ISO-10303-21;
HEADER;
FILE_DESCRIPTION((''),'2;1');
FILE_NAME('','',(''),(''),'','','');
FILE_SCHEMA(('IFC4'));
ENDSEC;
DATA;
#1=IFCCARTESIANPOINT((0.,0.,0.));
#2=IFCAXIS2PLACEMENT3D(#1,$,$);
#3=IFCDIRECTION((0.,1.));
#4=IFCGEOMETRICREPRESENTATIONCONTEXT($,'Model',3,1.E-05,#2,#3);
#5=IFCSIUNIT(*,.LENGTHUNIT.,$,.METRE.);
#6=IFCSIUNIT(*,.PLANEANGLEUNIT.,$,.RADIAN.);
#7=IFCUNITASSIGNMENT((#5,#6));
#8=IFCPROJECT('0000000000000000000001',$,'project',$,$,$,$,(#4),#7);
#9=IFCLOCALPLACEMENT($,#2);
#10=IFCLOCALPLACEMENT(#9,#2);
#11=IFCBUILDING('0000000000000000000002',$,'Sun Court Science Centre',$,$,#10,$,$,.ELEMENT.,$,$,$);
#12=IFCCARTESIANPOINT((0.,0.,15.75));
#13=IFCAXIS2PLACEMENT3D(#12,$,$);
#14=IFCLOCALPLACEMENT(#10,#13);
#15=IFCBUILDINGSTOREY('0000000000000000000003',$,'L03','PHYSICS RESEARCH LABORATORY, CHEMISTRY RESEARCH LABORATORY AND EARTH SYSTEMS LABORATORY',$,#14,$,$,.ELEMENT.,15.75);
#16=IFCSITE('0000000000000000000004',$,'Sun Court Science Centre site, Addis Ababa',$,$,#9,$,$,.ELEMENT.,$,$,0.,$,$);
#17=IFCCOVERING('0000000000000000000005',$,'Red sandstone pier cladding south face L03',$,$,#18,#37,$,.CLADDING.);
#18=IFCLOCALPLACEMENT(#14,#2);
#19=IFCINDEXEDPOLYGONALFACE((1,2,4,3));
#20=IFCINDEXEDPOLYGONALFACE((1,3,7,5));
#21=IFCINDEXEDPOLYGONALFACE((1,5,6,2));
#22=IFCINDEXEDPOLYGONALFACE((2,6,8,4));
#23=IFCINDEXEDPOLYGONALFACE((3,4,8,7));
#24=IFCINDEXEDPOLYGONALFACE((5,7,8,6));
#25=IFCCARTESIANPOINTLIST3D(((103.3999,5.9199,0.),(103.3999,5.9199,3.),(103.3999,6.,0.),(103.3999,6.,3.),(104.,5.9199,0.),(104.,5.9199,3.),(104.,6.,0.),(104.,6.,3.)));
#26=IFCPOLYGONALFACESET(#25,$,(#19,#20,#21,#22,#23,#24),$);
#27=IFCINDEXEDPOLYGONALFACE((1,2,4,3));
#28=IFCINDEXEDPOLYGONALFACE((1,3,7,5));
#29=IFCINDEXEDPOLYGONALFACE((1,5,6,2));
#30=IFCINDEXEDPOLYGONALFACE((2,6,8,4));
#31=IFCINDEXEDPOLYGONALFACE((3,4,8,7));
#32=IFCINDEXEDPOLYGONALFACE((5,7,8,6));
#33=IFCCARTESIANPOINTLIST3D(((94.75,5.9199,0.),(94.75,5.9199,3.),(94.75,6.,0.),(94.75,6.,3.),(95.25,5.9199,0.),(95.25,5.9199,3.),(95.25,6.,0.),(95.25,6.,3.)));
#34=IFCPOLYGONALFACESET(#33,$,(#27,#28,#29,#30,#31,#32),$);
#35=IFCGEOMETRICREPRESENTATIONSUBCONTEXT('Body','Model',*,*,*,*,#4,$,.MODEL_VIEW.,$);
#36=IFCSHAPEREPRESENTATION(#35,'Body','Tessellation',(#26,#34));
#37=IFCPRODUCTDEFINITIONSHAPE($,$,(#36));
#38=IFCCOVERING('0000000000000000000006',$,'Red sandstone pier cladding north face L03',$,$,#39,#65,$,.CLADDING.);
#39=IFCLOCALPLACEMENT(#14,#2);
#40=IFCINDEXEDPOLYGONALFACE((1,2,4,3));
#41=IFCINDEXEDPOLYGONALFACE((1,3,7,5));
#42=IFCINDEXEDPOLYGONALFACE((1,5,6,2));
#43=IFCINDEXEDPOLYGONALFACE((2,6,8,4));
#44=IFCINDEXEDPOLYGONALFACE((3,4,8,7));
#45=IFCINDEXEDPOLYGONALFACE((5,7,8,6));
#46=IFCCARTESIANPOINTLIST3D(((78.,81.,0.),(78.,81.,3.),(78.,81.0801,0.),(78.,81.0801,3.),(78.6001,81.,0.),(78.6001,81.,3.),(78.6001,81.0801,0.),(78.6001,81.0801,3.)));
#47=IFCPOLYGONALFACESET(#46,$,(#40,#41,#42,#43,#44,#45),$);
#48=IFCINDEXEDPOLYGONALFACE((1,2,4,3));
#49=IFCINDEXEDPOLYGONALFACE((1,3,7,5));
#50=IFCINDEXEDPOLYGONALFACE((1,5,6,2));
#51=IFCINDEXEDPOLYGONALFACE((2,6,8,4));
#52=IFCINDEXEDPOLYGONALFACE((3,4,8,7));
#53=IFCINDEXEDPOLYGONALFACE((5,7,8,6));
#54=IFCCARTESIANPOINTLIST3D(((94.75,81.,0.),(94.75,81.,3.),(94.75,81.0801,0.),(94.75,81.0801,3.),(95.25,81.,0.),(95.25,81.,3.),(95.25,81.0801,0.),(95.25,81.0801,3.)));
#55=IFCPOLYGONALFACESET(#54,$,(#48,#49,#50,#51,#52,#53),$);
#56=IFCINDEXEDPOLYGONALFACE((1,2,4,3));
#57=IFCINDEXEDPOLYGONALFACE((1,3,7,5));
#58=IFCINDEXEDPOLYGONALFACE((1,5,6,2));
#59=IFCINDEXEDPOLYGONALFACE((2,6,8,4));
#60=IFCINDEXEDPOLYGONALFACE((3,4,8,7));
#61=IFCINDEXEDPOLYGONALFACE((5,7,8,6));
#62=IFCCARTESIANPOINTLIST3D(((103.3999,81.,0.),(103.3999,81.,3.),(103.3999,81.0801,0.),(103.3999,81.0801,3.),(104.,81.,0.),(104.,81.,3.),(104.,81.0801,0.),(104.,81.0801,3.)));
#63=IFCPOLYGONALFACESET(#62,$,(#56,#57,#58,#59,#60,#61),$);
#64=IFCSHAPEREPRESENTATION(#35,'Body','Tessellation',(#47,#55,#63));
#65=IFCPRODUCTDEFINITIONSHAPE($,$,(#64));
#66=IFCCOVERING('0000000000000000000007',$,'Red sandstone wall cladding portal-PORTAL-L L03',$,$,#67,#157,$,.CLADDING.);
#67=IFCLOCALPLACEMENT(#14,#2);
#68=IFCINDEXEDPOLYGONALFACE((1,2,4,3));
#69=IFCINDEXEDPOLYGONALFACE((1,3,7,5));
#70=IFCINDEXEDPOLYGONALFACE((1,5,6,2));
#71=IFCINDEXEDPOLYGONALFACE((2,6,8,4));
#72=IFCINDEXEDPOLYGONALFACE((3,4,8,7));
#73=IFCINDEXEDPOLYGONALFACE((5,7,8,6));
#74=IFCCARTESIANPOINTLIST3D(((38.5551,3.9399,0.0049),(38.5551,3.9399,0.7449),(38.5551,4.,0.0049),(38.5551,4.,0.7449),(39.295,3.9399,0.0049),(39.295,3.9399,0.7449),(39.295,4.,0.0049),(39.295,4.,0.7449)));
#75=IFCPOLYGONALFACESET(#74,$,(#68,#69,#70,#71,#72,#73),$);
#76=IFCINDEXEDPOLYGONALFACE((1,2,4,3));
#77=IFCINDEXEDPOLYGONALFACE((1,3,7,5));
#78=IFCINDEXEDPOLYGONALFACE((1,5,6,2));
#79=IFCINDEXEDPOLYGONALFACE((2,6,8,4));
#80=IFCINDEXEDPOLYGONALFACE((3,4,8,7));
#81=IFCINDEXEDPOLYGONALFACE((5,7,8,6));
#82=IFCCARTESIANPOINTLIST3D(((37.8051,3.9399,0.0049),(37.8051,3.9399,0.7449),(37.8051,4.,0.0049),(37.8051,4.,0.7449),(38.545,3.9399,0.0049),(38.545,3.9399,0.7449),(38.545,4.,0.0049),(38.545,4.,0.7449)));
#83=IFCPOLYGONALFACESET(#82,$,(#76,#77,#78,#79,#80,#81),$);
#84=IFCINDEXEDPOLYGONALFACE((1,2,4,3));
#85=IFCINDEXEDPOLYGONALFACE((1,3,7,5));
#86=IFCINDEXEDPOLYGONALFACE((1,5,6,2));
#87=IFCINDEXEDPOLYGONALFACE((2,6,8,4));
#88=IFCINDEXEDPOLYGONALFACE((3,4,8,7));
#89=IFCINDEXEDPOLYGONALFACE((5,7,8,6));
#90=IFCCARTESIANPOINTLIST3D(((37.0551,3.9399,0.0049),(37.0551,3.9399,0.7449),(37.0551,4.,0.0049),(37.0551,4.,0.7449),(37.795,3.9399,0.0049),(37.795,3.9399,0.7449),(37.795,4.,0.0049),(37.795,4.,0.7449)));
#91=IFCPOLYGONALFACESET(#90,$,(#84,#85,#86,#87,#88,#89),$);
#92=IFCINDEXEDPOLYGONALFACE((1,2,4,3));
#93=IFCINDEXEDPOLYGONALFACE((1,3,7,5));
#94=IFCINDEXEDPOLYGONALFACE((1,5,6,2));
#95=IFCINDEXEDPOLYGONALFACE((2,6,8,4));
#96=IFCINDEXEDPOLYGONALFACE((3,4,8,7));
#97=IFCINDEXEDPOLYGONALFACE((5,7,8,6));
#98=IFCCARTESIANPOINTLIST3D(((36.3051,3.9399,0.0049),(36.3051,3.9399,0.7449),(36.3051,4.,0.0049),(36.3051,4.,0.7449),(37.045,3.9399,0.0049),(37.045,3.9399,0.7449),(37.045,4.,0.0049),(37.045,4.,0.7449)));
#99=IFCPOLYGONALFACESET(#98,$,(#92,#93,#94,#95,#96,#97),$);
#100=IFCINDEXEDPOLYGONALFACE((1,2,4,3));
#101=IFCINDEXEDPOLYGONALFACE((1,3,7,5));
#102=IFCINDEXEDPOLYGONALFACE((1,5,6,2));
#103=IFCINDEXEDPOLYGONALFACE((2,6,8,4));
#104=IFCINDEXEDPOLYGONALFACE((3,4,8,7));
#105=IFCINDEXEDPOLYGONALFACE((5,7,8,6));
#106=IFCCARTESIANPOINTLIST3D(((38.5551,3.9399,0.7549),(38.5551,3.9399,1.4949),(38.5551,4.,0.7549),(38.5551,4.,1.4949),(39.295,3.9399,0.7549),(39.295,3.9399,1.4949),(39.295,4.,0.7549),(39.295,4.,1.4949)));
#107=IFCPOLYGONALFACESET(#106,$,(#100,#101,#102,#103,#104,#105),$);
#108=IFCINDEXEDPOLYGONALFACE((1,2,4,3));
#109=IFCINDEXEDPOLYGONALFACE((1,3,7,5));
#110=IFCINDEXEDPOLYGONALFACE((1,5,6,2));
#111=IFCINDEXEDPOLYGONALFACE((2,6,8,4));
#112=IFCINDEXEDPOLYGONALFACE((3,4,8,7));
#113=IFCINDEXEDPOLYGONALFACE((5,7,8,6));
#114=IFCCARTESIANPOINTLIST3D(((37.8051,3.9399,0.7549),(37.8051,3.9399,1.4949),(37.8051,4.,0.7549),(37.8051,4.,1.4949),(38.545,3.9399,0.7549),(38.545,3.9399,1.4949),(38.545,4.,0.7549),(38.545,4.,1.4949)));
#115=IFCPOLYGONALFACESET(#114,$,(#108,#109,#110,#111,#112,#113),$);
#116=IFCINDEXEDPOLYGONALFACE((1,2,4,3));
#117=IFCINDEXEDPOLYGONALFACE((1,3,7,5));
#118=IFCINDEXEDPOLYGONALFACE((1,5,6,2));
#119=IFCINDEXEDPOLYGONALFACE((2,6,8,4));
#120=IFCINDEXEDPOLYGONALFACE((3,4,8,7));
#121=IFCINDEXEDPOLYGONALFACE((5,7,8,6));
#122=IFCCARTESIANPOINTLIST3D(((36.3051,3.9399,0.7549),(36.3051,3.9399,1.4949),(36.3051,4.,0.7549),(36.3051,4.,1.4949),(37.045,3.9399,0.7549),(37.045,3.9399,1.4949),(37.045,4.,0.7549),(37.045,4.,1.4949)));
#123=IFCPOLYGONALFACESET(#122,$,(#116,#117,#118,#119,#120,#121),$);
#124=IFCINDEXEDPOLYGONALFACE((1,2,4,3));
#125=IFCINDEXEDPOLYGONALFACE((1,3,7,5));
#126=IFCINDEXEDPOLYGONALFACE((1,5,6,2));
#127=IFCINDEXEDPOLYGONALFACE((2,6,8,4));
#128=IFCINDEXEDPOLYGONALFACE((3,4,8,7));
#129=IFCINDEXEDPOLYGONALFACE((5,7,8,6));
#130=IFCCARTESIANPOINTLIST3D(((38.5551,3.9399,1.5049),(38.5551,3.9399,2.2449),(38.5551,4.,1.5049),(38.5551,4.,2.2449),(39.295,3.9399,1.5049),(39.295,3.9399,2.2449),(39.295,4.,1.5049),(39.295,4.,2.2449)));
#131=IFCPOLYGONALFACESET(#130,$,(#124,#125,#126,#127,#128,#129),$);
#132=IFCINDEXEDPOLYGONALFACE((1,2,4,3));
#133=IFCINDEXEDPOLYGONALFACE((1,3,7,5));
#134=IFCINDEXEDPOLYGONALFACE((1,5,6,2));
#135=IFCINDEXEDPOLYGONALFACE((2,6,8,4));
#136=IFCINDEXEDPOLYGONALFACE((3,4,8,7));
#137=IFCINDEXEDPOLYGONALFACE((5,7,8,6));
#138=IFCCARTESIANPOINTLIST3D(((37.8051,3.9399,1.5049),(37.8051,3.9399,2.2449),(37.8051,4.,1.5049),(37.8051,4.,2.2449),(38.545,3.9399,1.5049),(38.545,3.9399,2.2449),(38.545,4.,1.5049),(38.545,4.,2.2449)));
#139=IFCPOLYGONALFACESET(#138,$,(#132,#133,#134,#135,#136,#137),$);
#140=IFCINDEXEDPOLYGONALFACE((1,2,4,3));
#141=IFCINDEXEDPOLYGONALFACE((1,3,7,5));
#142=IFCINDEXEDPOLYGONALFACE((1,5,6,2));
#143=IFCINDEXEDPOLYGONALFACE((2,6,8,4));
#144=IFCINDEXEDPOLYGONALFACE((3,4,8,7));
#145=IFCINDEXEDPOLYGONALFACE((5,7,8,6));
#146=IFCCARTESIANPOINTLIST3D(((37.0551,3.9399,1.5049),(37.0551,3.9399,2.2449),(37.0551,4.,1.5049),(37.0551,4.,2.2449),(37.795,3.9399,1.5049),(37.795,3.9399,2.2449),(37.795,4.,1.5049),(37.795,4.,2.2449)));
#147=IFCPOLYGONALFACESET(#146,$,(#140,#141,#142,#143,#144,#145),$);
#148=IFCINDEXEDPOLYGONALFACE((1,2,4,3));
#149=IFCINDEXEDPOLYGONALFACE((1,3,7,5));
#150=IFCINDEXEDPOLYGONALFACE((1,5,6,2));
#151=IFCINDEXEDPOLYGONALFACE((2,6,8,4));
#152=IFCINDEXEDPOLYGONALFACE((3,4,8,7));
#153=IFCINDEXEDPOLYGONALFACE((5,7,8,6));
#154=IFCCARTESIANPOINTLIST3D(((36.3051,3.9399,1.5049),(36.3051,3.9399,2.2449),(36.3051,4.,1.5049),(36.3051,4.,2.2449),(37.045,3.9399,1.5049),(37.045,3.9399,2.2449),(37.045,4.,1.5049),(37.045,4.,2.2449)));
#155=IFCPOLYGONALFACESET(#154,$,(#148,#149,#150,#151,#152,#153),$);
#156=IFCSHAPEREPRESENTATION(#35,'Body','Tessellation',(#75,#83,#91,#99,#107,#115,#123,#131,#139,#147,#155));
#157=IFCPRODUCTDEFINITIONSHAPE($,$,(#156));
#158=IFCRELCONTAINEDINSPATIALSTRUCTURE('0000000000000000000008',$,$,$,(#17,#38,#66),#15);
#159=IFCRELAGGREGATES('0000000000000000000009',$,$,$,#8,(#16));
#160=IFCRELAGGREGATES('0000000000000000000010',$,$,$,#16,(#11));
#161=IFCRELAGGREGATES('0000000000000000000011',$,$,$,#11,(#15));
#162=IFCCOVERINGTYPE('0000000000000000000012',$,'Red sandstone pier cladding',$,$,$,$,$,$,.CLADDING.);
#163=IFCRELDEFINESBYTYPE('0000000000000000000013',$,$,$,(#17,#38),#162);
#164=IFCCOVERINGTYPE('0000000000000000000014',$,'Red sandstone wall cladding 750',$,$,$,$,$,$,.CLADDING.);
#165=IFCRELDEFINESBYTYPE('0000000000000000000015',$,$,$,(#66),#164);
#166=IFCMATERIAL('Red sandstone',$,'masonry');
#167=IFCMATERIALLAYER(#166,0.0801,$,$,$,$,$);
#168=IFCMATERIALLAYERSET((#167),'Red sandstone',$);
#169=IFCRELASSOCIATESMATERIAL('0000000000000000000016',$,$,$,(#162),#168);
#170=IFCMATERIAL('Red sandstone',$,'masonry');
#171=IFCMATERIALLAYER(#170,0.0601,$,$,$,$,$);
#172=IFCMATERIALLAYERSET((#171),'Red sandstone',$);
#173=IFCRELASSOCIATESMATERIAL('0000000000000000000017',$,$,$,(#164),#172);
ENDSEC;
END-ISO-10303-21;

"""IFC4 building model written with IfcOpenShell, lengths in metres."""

from ifc_helpers import new_model, si_unit, direction, frame, origin, origin_2d, place, context, subcontext, project, spatial, rectangle, extrude, material, layer, layer_set, type_object, element, save


model = new_model("IFC4")

# Units and contexts
model_context = context("Model", 3, precision=1e-05, world=origin(), true_north=direction((0.0, 1.0)))
body_context = subcontext(model_context, "Body", "Model", "MODEL_VIEW")
ifc_project = project(units=[si_unit("LENGTHUNIT", "METRE"), si_unit("PLANEANGLEUNIT", "RADIAN")], contexts=[model_context])

# Site, building, storey
site_placement = place(None, origin())
site = spatial("IfcSite", under=ifc_project, at=site_placement, Name="Sun Court Science Centre site, Addis Ababa", CompositionType="ELEMENT", RefElevation=0.0)
building_placement = place(site_placement, origin())
building = spatial("IfcBuilding", under=site, at=building_placement, Name="Sun Court Science Centre", CompositionType="ELEMENT")
storey_placement = place(building_placement, frame((0.0, 0.0, 15.75)))
storey = spatial("IfcBuildingStorey", under=building, at=storey_placement, Name="L03", Description="PHYSICS RESEARCH LABORATORY, CHEMISTRY RESEARCH LABORATORY AND EARTH SYSTEMS LABORATORY", CompositionType="ELEMENT", Elevation=15.75)

# Coverings
ifc_material_1 = material(Name="Red sandstone", Category="masonry")
ifc_layer_1 = layer(ifc_material_1, 0.0801)
ifc_layer_set_1 = layer_set([ifc_layer_1], Name="Red sandstone")
covering_type_1 = type_object("IfcCoveringType", Name="Red sandstone pier cladding", PredefinedType="CLADDING", material=ifc_layer_set_1)
covering_1_placement = place(storey_placement, frame((0.0, 0.0, -15.75)))
element("IfcCovering", 1, at=covering_1_placement, inside=storey, type_object=covering_type_1, Name="Red sandstone pier cladding south face L03", PredefinedType="CLADDING", context=body_context, shape_type="SweptSolid", body=[
    extrude(rectangle(XDim=0.6001, YDim=0.0801, at=origin_2d()), frame((103.7, 5.96, 15.75), z_axis=(0.0, 0.0, 1.0), x_axis=(-1.0, 0.0, 0.0)), (0.0, 0.0, 1.0), 3.0),
    extrude(rectangle(XDim=0.5, YDim=0.0801, at=origin_2d()), frame((95.0, 5.96, 15.75), z_axis=(0.0, 0.0, 1.0), x_axis=(-1.0, 0.0, 0.0)), (0.0, 0.0, 1.0), 3.0),
])
covering_2_placement = place(storey_placement, frame((0.0, 0.0, -15.75)))
element("IfcCovering", 2, at=covering_2_placement, inside=storey, type_object=covering_type_1, Name="Red sandstone pier cladding north face L03", PredefinedType="CLADDING", context=body_context, shape_type="SweptSolid", body=[
    extrude(rectangle(XDim=0.6001, YDim=0.0801, at=origin_2d()), frame((78.3, 81.04, 15.75), z_axis=(0.0, 0.0, 1.0), x_axis=(1.0, 0.0, 0.0)), (0.0, 0.0, 1.0), 3.0),
    extrude(rectangle(XDim=0.5, YDim=0.0801, at=origin_2d()), frame((95.0, 81.04, 15.75), z_axis=(0.0, 0.0, 1.0), x_axis=(1.0, 0.0, 0.0)), (0.0, 0.0, 1.0), 3.0),
    extrude(rectangle(XDim=0.6001, YDim=0.0801, at=origin_2d()), frame((103.7, 81.04, 15.75), z_axis=(0.0, 0.0, 1.0), x_axis=(1.0, 0.0, 0.0)), (0.0, 0.0, 1.0), 3.0),
])
ifc_material_2 = material(Name="Red sandstone", Category="masonry")
ifc_layer_2 = layer(ifc_material_2, 0.0601)
ifc_layer_set_2 = layer_set([ifc_layer_2], Name="Red sandstone")
covering_type_2 = type_object("IfcCoveringType", Name="Red sandstone wall cladding 750", PredefinedType="CLADDING", material=ifc_layer_set_2)
covering_3_placement = place(storey_placement, frame((0.0, 0.0, -15.75)))
element("IfcCovering", 3, at=covering_3_placement, inside=storey, type_object=covering_type_2, Name="Red sandstone wall cladding portal-PORTAL-L L03", PredefinedType="CLADDING", context=body_context, shape_type="SweptSolid", body=[
    extrude(rectangle(XDim=0.74, YDim=0.0601, at=origin_2d()), frame((38.925, 3.97, 15.7549), z_axis=(0.0, 0.0, 1.0), x_axis=(-1.0, 0.0, 0.0)), (0.0, 0.0, 1.0), 0.74),
    extrude(rectangle(XDim=0.74, YDim=0.0601, at=origin_2d()), frame((38.175, 3.97, 15.7549), z_axis=(0.0, 0.0, 1.0), x_axis=(-1.0, 0.0, 0.0)), (0.0, 0.0, 1.0), 0.74),
    extrude(rectangle(XDim=0.74, YDim=0.0601, at=origin_2d()), frame((37.425, 3.97, 15.7549), z_axis=(0.0, 0.0, 1.0), x_axis=(-1.0, 0.0, 0.0)), (0.0, 0.0, 1.0), 0.74),
    extrude(rectangle(XDim=0.74, YDim=0.0601, at=origin_2d()), frame((36.675, 3.97, 15.7549), z_axis=(0.0, 0.0, 1.0), x_axis=(-1.0, 0.0, 0.0)), (0.0, 0.0, 1.0), 0.74),
    extrude(rectangle(XDim=0.74, YDim=0.0601, at=origin_2d()), frame((38.925, 3.97, 16.5049), z_axis=(0.0, 0.0, 1.0), x_axis=(-1.0, 0.0, 0.0)), (0.0, 0.0, 1.0), 0.74),
    extrude(rectangle(XDim=0.74, YDim=0.0601, at=origin_2d()), frame((38.175, 3.97, 16.5049), z_axis=(0.0, 0.0, 1.0), x_axis=(-1.0, 0.0, 0.0)), (0.0, 0.0, 1.0), 0.74),
    extrude(rectangle(XDim=0.74, YDim=0.0601, at=origin_2d()), frame((36.675, 3.97, 16.5049), z_axis=(0.0, 0.0, 1.0), x_axis=(-1.0, 0.0, 0.0)), (0.0, 0.0, 1.0), 0.74),
    extrude(rectangle(XDim=0.74, YDim=0.0601, at=origin_2d()), frame((38.925, 3.97, 17.2549), z_axis=(0.0, 0.0, 1.0), x_axis=(-1.0, 0.0, 0.0)), (0.0, 0.0, 1.0), 0.74),
    extrude(rectangle(XDim=0.74, YDim=0.0601, at=origin_2d()), frame((38.175, 3.97, 17.2549), z_axis=(0.0, 0.0, 1.0), x_axis=(-1.0, 0.0, 0.0)), (0.0, 0.0, 1.0), 0.74),
    extrude(rectangle(XDim=0.74, YDim=0.0601, at=origin_2d()), frame((37.425, 3.97, 17.2549), z_axis=(0.0, 0.0, 1.0), x_axis=(-1.0, 0.0, 0.0)), (0.0, 0.0, 1.0), 0.74),
    extrude(rectangle(XDim=0.74, YDim=0.0601, at=origin_2d()), frame((36.675, 3.97, 17.2549), z_axis=(0.0, 0.0, 1.0), x_axis=(-1.0, 0.0, 0.0)), (0.0, 0.0, 1.0), 0.74),
])

save(model, "model.ifc")
